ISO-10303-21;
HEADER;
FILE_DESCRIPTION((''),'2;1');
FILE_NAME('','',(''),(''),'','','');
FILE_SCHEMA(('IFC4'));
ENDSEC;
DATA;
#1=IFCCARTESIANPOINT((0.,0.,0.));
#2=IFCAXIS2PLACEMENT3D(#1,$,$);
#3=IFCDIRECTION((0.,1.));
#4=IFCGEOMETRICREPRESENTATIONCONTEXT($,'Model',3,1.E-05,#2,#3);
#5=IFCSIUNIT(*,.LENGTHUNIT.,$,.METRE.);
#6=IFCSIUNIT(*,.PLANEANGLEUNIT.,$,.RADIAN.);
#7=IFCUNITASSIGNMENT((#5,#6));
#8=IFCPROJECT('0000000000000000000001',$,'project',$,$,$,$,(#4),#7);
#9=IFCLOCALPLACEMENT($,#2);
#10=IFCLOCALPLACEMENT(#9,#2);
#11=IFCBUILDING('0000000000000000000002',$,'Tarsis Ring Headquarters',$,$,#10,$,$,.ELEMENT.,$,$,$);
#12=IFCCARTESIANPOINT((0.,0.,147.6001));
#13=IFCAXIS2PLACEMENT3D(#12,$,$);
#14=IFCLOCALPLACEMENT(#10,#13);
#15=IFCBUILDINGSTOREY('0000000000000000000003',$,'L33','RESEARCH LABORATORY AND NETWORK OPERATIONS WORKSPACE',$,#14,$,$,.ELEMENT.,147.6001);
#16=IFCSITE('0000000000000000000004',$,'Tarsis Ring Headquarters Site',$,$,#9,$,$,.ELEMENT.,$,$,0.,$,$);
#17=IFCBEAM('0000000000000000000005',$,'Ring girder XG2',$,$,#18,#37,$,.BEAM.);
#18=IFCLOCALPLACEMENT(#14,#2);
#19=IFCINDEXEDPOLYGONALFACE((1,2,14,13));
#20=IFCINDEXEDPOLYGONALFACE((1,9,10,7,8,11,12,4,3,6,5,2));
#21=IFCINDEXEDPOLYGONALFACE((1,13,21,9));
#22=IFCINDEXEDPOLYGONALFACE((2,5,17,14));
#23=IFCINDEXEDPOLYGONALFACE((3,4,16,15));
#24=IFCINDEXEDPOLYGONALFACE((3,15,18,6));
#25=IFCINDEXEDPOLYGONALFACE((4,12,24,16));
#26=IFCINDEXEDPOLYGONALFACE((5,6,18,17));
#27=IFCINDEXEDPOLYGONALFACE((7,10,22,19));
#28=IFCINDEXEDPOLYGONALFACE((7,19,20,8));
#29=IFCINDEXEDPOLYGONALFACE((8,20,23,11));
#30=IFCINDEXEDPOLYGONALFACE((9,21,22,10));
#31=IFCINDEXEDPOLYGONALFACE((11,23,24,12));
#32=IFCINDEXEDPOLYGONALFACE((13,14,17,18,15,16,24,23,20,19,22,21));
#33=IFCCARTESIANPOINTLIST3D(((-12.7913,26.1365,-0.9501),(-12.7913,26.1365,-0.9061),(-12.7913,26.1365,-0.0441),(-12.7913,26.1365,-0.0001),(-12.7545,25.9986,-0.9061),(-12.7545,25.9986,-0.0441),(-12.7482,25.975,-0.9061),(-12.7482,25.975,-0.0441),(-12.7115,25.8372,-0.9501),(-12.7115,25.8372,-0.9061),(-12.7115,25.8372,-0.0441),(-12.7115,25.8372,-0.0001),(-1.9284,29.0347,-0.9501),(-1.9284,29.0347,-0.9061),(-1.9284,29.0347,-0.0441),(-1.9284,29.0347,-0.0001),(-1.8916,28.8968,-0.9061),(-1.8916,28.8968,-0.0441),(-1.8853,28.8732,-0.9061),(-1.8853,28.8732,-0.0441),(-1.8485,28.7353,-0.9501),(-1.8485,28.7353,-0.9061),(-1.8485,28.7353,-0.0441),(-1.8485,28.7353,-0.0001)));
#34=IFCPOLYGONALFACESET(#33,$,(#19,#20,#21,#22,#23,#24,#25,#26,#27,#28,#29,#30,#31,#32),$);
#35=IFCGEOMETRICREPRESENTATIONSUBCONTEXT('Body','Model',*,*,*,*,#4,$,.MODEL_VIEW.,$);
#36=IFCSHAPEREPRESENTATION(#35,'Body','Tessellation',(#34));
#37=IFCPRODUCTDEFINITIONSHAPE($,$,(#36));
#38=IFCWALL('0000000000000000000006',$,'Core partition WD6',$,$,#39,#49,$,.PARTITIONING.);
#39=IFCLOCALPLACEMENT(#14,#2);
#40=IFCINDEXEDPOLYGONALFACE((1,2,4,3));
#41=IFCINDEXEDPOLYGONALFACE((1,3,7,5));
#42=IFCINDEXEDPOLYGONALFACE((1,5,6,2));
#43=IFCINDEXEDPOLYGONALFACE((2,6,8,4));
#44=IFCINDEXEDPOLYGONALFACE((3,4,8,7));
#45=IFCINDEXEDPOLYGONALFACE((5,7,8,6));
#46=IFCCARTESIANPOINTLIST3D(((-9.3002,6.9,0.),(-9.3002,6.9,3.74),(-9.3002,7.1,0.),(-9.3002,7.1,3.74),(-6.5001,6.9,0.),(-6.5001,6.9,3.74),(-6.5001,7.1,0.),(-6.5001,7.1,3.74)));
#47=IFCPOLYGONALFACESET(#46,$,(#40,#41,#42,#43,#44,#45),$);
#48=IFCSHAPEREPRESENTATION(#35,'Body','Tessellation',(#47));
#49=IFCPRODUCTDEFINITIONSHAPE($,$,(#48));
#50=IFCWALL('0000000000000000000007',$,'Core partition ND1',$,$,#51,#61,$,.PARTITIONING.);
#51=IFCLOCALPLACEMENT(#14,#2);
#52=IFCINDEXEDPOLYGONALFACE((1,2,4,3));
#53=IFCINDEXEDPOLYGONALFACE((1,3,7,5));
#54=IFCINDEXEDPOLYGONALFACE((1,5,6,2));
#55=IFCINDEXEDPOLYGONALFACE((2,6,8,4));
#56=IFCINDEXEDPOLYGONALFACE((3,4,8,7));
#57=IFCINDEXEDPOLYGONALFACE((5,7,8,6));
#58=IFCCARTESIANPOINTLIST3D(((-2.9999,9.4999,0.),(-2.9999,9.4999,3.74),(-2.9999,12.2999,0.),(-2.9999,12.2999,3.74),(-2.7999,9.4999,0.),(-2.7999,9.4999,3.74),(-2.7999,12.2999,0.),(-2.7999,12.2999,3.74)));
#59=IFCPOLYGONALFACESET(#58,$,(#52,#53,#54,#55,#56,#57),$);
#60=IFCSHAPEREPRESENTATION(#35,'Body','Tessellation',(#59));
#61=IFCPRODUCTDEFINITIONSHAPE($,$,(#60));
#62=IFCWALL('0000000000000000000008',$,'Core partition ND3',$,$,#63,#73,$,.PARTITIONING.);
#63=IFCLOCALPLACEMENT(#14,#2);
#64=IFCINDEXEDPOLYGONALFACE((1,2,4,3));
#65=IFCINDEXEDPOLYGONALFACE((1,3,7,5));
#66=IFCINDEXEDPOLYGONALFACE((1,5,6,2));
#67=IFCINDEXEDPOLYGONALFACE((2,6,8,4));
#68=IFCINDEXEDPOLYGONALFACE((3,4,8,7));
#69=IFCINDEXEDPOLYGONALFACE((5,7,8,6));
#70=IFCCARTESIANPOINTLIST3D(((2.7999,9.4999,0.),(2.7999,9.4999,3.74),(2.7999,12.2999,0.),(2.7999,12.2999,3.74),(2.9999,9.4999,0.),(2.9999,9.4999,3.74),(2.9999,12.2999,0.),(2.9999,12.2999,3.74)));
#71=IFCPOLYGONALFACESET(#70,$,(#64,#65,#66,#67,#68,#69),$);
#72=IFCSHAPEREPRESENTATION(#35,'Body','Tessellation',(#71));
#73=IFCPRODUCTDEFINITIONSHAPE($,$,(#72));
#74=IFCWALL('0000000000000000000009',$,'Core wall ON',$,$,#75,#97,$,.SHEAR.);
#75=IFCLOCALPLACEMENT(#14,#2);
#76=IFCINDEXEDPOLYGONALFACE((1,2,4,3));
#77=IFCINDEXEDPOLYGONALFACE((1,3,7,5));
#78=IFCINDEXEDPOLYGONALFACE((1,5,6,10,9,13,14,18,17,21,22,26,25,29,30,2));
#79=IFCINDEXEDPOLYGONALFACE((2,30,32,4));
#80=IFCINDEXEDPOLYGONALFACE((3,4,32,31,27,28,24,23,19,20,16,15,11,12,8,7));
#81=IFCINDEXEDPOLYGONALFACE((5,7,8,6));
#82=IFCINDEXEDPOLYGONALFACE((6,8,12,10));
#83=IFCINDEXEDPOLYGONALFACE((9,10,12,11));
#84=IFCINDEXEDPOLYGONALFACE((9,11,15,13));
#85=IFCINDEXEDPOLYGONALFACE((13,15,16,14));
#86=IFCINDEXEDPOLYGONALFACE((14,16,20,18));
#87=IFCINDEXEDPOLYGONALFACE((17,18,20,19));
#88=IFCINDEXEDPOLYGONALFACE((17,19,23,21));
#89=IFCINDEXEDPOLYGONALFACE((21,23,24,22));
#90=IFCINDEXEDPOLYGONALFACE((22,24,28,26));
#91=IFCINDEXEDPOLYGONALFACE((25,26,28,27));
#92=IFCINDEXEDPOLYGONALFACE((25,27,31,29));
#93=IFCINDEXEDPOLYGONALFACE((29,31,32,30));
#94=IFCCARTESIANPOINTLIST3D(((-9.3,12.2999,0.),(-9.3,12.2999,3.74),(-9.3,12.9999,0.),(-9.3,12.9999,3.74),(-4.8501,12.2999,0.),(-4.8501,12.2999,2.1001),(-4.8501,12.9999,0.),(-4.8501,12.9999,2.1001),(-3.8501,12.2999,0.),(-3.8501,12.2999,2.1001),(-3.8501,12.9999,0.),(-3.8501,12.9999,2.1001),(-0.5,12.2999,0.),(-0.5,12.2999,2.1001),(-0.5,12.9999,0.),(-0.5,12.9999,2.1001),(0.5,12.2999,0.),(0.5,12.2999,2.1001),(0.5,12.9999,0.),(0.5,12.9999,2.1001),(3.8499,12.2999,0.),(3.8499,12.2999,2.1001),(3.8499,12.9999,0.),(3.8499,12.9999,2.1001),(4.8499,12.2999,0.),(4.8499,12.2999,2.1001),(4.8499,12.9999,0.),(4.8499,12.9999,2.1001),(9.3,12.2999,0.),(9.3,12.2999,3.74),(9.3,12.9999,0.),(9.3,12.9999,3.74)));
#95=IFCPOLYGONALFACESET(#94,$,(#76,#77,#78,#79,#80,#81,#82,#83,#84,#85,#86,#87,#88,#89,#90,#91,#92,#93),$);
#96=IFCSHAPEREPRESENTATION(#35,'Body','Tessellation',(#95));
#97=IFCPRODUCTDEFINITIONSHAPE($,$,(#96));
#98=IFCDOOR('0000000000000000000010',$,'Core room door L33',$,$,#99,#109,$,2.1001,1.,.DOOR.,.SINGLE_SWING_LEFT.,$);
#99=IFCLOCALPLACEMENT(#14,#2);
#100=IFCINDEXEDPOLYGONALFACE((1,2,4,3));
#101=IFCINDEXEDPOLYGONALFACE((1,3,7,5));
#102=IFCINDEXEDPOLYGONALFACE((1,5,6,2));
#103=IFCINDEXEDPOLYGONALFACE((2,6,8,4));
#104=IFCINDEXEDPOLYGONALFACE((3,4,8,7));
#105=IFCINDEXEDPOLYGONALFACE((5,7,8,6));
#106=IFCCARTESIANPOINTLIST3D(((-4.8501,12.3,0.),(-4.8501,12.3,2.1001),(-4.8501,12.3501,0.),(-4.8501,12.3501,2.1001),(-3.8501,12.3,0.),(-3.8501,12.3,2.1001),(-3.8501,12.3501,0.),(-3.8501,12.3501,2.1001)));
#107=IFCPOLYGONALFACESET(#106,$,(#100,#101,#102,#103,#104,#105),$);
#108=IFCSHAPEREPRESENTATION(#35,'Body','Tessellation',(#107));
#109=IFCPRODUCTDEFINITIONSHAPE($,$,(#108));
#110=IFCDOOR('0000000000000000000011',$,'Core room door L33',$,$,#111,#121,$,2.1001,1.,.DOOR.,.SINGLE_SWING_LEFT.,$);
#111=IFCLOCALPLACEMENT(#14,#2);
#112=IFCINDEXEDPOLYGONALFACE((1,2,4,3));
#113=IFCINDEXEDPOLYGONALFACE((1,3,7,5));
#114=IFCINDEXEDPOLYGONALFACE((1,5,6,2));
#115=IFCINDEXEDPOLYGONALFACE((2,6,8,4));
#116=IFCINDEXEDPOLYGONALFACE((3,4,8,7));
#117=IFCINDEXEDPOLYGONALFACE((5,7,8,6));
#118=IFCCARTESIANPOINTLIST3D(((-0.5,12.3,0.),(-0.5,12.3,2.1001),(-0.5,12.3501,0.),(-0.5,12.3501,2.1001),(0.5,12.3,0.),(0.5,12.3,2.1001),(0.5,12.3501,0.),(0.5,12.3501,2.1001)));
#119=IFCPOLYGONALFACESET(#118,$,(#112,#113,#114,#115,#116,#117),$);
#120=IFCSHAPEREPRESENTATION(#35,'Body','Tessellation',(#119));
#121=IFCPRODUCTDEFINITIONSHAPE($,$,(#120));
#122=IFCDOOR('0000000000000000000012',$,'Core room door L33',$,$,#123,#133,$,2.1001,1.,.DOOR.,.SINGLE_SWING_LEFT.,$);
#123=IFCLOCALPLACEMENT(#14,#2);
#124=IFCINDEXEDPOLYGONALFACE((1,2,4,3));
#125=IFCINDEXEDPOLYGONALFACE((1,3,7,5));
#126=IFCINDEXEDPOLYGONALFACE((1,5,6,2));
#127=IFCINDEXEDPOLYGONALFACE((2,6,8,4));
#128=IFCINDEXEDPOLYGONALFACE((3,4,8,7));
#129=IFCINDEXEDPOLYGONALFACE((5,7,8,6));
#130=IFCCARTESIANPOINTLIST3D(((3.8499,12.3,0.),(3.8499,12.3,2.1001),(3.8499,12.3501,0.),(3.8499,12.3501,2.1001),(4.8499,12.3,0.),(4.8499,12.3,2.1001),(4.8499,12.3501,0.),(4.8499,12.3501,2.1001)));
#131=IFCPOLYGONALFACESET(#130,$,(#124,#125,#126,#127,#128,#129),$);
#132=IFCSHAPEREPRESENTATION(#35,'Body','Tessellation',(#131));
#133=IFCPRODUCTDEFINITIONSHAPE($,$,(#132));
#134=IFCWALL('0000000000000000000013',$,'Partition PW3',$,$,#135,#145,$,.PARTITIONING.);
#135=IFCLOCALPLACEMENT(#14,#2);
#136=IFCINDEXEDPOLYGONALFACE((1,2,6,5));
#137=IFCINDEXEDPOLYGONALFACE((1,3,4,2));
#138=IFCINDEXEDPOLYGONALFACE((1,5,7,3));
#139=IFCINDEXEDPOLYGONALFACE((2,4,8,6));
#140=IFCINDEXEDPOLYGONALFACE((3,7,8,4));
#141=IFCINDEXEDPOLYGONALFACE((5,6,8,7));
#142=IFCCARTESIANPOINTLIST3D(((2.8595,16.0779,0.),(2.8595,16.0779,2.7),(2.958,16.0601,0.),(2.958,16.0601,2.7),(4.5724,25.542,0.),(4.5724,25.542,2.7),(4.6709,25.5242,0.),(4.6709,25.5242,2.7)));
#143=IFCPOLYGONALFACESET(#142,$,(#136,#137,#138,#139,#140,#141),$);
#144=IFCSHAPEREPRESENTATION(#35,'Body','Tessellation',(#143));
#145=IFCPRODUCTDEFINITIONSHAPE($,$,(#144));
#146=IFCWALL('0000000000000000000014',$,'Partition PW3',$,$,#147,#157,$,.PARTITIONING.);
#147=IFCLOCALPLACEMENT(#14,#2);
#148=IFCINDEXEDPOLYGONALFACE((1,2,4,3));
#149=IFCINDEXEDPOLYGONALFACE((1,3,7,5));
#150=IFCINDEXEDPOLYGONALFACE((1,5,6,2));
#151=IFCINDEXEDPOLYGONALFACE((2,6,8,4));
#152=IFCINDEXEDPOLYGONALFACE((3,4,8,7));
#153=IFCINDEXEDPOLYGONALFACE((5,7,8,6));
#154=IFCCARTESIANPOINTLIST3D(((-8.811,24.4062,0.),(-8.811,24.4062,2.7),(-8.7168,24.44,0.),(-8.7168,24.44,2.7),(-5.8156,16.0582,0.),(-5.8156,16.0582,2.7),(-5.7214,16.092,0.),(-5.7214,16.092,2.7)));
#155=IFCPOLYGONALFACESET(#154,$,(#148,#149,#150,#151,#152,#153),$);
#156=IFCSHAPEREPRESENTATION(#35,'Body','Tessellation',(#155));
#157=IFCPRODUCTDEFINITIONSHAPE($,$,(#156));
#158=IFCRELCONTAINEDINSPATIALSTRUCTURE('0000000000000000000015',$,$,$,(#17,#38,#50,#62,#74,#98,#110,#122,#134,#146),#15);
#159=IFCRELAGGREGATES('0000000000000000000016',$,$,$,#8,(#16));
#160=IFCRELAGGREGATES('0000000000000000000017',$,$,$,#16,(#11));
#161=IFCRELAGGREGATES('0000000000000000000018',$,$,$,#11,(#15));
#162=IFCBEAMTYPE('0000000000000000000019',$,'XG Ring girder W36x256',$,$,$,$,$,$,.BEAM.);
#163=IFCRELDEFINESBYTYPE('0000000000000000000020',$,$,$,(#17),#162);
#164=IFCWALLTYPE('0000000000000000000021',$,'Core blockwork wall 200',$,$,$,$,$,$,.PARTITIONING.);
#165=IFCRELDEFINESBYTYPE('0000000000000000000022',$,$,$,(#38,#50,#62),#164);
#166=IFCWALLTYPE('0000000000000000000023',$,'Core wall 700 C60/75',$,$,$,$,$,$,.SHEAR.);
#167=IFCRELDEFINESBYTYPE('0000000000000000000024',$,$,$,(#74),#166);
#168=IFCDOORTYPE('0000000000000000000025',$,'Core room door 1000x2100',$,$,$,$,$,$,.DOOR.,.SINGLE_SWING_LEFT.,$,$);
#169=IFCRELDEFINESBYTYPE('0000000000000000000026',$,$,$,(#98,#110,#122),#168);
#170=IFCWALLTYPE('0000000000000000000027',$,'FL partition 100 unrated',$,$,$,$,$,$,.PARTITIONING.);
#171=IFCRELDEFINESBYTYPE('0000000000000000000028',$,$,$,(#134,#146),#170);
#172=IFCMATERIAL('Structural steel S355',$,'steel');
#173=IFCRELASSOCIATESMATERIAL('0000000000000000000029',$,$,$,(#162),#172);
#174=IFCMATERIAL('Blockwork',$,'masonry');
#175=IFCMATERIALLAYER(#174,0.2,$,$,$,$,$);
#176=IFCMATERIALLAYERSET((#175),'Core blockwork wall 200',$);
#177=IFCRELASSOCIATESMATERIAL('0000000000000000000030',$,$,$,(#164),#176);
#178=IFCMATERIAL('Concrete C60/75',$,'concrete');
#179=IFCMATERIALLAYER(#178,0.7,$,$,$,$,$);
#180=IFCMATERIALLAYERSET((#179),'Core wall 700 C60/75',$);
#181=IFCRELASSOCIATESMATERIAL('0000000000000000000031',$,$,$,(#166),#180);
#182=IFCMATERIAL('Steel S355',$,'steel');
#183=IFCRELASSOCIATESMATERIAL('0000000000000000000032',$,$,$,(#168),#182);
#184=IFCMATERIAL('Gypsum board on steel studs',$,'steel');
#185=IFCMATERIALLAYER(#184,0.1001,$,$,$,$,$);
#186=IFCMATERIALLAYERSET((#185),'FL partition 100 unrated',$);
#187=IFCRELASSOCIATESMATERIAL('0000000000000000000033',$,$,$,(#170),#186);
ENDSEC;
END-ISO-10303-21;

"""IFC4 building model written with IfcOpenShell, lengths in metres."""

from ifc_helpers import new_model, si_unit, direction, frame, frame_2d, origin, origin_2d, place, context, subcontext, project, spatial, rectangle, i_section, extrude, material, layer, layer_set, material_profile, profile_set, type_object, element, fill, save


model = new_model("IFC4")

# Units and contexts
model_context = context("Model", 3, precision=1e-05, world=origin(), true_north=direction((0.0, 1.0)))
body_context = subcontext(model_context, "Body", "Model", "MODEL_VIEW")
ifc_project = project(units=[si_unit("LENGTHUNIT", "METRE"), si_unit("PLANEANGLEUNIT", "RADIAN")], contexts=[model_context])

# Site, building, storey
site_placement = place(None, origin())
site = spatial("IfcSite", under=ifc_project, at=site_placement, Name="Tarsis Ring Headquarters Site", CompositionType="ELEMENT", RefElevation=0.0)
building_placement = place(site_placement, origin())
building = spatial("IfcBuilding", under=site, at=building_placement, Name="Tarsis Ring Headquarters", CompositionType="ELEMENT")
storey_placement = place(building_placement, frame((0.0, 0.0, 147.6001)))
storey = spatial("IfcBuildingStorey", under=building, at=storey_placement, Name="L33", Description="RESEARCH LABORATORY AND NETWORK OPERATIONS WORKSPACE", CompositionType="ELEMENT", Elevation=147.6001)

# Shared definitions
ifc_material_1 = material(Name="Structural steel S355", Category="steel")

# Beam
ifc_material_profile_1 = material_profile(ifc_material_1, i_section(OverallWidth=0.3098, OverallDepth=0.95, WebThickness=0.0244, FlangeThickness=0.0439, at=origin_2d()), Name="W36x256")
ifc_profile_set_1 = profile_set([ifc_material_profile_1], Name="Structural steel S355")
beam_type_1 = type_object("IfcBeamType", Name="XG Ring girder W36x256", PredefinedType="BEAM", material=ifc_profile_set_1)
beam_1_placement = place(storey_placement, frame((-1.8884, 28.885, -0.4751), z_axis=(-0.966204, -0.257778, 0.0), x_axis=(0.257778, -0.966204, 0.0)))
element("IfcBeam", 1, at=beam_1_placement, inside=storey, type_object=beam_type_1, Name="Ring girder XG2", PredefinedType="BEAM", context=body_context, shape_type="SweptSolid", body=[
    extrude(i_section(OverallWidth=0.3098, OverallDepth=0.95, WebThickness=0.0244, FlangeThickness=0.0439, at=origin_2d()), origin(), (0.0, 0.0, 1.0), 11.2429),
])

# Walls
ifc_material_2 = material(Name="Blockwork", Category="masonry")
ifc_layer_1 = layer(ifc_material_2, 0.2)
ifc_layer_set_1 = layer_set([ifc_layer_1], Name="Core blockwork wall 200")
wall_type_1 = type_object("IfcWallType", Name="Core blockwork wall 200", PredefinedType="PARTITIONING", material=ifc_layer_set_1)
for number, where, z_axis, x_axis, name in (
    (2, (-9.3, 7.0, 0.0), (0.0, 0.0, 1.0), (1.0, 0.0, 0.0), "Core partition WD6"),
    (3, (-2.8999, 9.5, 0.0), (0.0, 0.0, 1.0), (0.0, 1.0, 0.0), "Core partition ND1"),
    (4, (2.8999, 9.5, 0.0), (0.0, 0.0, 1.0), (0.0, 1.0, 0.0), "Core partition ND3"),
):
    element("IfcWall", number, at=place(storey_placement, frame(where, z_axis=z_axis, x_axis=x_axis)), inside=storey, type_object=wall_type_1, Name=name, PredefinedType="PARTITIONING", context=body_context, shape_type="SweptSolid", body=[
        extrude(rectangle(XDim=2.8, YDim=0.2, at=frame_2d((1.3999, 0.0))), origin(), (0.0, 0.0, 1.0), 3.74),
    ])

# Wall, openings, doors
ifc_material_3 = material(Name="Concrete C60/75", Category="concrete")
ifc_layer_2 = layer(ifc_material_3, 0.7)
ifc_layer_set_2 = layer_set([ifc_layer_2], Name="Core wall 700 C60/75")
wall_type_2 = type_object("IfcWallType", Name="Core wall 700 C60/75", PredefinedType="SHEAR", material=ifc_layer_set_2)
wall_1_placement = place(storey_placement, frame((-9.3, 12.6499, 0.0), z_axis=(0.0, 0.0, 1.0), x_axis=(1.0, 0.0, 0.0)))
wall_1 = element("IfcWall", 5, at=wall_1_placement, inside=storey, type_object=wall_type_2, Name="Core wall ON", PredefinedType="SHEAR", context=body_context, shape_type="SweptSolid", body=[
    extrude(rectangle(XDim=18.6001, YDim=0.7, at=frame_2d((9.3, 0.0))), origin(), (0.0, 0.0, 1.0), 3.74),
])
opening_1_placement = place(wall_1_placement, frame((4.45, 0.0, 0.0)))
opening_1 = element("IfcOpeningElement", 6, at=opening_1_placement, cuts=wall_1, PredefinedType="OPENING", context=body_context, shape_type="SweptSolid", body=[
    extrude(rectangle(XDim=1.0, YDim=2.1001, at=frame_2d((0.5, 1.05))), frame((0.0, 0.3599, 0.0), z_axis=(0.0, -1.0, 0.0), x_axis=(1.0, 0.0, 0.0)), (0.0, 0.0, 1.0), 0.72),
])
opening_2_placement = place(wall_1_placement, frame((8.8, 0.0, 0.0)))
opening_2 = element("IfcOpeningElement", 7, at=opening_2_placement, cuts=wall_1, PredefinedType="OPENING", context=body_context, shape_type="SweptSolid", body=[
    extrude(rectangle(XDim=1.0, YDim=2.1001, at=frame_2d((0.5, 1.05))), frame((0.0, 0.3599, 0.0), z_axis=(0.0, -1.0, 0.0), x_axis=(1.0, 0.0, 0.0)), (0.0, 0.0, 1.0), 0.72),
])
opening_3_placement = place(wall_1_placement, frame((13.1499, 0.0, 0.0)))
opening_3 = element("IfcOpeningElement", 8, at=opening_3_placement, cuts=wall_1, PredefinedType="OPENING", context=body_context, shape_type="SweptSolid", body=[
    extrude(rectangle(XDim=1.0, YDim=2.1001, at=frame_2d((0.5, 1.05))), frame((0.0, 0.3599, 0.0), z_axis=(0.0, -1.0, 0.0), x_axis=(1.0, 0.0, 0.0)), (0.0, 0.0, 1.0), 0.72),
])
ifc_material_4 = material(Name="Steel S355", Category="steel")
door_type = type_object("IfcDoorType", Name="Core room door 1000x2100", OperationType="SINGLE_SWING_LEFT", PredefinedType="DOOR", material=ifc_material_4)
door_1_placement = place(opening_1_placement, origin())
door_1 = element("IfcDoor", 9, at=door_1_placement, inside=storey, type_object=door_type, Name="Core room door L33", OperationType="SINGLE_SWING_LEFT", OverallHeight=2.1001, OverallWidth=1.0, PredefinedType="DOOR", context=body_context, shape_type="SweptSolid", body=[
    extrude(rectangle(XDim=1.0, YDim=2.1001, at=frame_2d((0.5, 1.05))), frame((0.0, -0.2998, 0.0), z_axis=(0.0, -1.0, 0.0), x_axis=(1.0, 0.0, 0.0)), (0.0, 0.0, 1.0), 0.05),
])
fill(opening_1, door_1)
door_2_placement = place(opening_2_placement, origin())
door_2 = element("IfcDoor", 10, at=door_2_placement, inside=storey, type_object=door_type, Name="Core room door L33", OperationType="SINGLE_SWING_LEFT", OverallHeight=2.1001, OverallWidth=1.0, PredefinedType="DOOR", context=body_context, shape_type="SweptSolid", body=[
    extrude(rectangle(XDim=1.0, YDim=2.1001, at=frame_2d((0.5, 1.05))), frame((0.0, -0.2998, 0.0), z_axis=(0.0, -1.0, 0.0), x_axis=(1.0, 0.0, 0.0)), (0.0, 0.0, 1.0), 0.05),
])
fill(opening_2, door_2)
door_3_placement = place(opening_3_placement, origin())
door_3 = element("IfcDoor", 11, at=door_3_placement, inside=storey, type_object=door_type, Name="Core room door L33", OperationType="SINGLE_SWING_LEFT", OverallHeight=2.1001, OverallWidth=1.0, PredefinedType="DOOR", context=body_context, shape_type="SweptSolid", body=[
    extrude(rectangle(XDim=1.0, YDim=2.1001, at=frame_2d((0.5, 1.05))), frame((0.0, -0.2998, 0.0), z_axis=(0.0, -1.0, 0.0), x_axis=(1.0, 0.0, 0.0)), (0.0, 0.0, 1.0), 0.05),
])
fill(opening_3, door_3)

# Walls
ifc_material_5 = material(Name="Gypsum board on steel studs", Category="steel")
ifc_layer_3 = layer(ifc_material_5, 0.1001)
ifc_layer_set_3 = layer_set([ifc_layer_3], Name="FL partition 100 unrated")
wall_type_3 = type_object("IfcWallType", Name="FL partition 100 unrated", PredefinedType="PARTITIONING", material=ifc_layer_set_3)
wall_2_placement = place(storey_placement, frame((2.9087, 16.0688, 0.0), z_axis=(0.0, 0.0, 1.0), x_axis=(0.178095, 0.984013, 0.0)))
element("IfcWall", 12, at=wall_2_placement, inside=storey, type_object=wall_type_3, Name="Partition PW3", PredefinedType="PARTITIONING", context=body_context, shape_type="SweptSolid", body=[
    extrude(rectangle(XDim=9.6179, YDim=0.1001, at=frame_2d((4.8091, 0.0))), origin(), (0.0, 0.0, 1.0), 2.7),
])
wall_3_placement = place(storey_placement, frame((-8.7639, 24.4231, 0.0), z_axis=(0.0, 0.0, 1.0), x_axis=(0.337733, -0.941242, 0.0)))
element("IfcWall", 13, at=wall_3_placement, inside=storey, type_object=wall_type_3, Name="Partition PW3", PredefinedType="PARTITIONING", context=body_context, shape_type="SweptSolid", body=[
    extrude(rectangle(XDim=8.8691, YDim=0.1001, at=frame_2d((4.4346, 0.0))), origin(), (0.0, 0.0, 1.0), 2.7),
])

save(model, "model.ifc")
